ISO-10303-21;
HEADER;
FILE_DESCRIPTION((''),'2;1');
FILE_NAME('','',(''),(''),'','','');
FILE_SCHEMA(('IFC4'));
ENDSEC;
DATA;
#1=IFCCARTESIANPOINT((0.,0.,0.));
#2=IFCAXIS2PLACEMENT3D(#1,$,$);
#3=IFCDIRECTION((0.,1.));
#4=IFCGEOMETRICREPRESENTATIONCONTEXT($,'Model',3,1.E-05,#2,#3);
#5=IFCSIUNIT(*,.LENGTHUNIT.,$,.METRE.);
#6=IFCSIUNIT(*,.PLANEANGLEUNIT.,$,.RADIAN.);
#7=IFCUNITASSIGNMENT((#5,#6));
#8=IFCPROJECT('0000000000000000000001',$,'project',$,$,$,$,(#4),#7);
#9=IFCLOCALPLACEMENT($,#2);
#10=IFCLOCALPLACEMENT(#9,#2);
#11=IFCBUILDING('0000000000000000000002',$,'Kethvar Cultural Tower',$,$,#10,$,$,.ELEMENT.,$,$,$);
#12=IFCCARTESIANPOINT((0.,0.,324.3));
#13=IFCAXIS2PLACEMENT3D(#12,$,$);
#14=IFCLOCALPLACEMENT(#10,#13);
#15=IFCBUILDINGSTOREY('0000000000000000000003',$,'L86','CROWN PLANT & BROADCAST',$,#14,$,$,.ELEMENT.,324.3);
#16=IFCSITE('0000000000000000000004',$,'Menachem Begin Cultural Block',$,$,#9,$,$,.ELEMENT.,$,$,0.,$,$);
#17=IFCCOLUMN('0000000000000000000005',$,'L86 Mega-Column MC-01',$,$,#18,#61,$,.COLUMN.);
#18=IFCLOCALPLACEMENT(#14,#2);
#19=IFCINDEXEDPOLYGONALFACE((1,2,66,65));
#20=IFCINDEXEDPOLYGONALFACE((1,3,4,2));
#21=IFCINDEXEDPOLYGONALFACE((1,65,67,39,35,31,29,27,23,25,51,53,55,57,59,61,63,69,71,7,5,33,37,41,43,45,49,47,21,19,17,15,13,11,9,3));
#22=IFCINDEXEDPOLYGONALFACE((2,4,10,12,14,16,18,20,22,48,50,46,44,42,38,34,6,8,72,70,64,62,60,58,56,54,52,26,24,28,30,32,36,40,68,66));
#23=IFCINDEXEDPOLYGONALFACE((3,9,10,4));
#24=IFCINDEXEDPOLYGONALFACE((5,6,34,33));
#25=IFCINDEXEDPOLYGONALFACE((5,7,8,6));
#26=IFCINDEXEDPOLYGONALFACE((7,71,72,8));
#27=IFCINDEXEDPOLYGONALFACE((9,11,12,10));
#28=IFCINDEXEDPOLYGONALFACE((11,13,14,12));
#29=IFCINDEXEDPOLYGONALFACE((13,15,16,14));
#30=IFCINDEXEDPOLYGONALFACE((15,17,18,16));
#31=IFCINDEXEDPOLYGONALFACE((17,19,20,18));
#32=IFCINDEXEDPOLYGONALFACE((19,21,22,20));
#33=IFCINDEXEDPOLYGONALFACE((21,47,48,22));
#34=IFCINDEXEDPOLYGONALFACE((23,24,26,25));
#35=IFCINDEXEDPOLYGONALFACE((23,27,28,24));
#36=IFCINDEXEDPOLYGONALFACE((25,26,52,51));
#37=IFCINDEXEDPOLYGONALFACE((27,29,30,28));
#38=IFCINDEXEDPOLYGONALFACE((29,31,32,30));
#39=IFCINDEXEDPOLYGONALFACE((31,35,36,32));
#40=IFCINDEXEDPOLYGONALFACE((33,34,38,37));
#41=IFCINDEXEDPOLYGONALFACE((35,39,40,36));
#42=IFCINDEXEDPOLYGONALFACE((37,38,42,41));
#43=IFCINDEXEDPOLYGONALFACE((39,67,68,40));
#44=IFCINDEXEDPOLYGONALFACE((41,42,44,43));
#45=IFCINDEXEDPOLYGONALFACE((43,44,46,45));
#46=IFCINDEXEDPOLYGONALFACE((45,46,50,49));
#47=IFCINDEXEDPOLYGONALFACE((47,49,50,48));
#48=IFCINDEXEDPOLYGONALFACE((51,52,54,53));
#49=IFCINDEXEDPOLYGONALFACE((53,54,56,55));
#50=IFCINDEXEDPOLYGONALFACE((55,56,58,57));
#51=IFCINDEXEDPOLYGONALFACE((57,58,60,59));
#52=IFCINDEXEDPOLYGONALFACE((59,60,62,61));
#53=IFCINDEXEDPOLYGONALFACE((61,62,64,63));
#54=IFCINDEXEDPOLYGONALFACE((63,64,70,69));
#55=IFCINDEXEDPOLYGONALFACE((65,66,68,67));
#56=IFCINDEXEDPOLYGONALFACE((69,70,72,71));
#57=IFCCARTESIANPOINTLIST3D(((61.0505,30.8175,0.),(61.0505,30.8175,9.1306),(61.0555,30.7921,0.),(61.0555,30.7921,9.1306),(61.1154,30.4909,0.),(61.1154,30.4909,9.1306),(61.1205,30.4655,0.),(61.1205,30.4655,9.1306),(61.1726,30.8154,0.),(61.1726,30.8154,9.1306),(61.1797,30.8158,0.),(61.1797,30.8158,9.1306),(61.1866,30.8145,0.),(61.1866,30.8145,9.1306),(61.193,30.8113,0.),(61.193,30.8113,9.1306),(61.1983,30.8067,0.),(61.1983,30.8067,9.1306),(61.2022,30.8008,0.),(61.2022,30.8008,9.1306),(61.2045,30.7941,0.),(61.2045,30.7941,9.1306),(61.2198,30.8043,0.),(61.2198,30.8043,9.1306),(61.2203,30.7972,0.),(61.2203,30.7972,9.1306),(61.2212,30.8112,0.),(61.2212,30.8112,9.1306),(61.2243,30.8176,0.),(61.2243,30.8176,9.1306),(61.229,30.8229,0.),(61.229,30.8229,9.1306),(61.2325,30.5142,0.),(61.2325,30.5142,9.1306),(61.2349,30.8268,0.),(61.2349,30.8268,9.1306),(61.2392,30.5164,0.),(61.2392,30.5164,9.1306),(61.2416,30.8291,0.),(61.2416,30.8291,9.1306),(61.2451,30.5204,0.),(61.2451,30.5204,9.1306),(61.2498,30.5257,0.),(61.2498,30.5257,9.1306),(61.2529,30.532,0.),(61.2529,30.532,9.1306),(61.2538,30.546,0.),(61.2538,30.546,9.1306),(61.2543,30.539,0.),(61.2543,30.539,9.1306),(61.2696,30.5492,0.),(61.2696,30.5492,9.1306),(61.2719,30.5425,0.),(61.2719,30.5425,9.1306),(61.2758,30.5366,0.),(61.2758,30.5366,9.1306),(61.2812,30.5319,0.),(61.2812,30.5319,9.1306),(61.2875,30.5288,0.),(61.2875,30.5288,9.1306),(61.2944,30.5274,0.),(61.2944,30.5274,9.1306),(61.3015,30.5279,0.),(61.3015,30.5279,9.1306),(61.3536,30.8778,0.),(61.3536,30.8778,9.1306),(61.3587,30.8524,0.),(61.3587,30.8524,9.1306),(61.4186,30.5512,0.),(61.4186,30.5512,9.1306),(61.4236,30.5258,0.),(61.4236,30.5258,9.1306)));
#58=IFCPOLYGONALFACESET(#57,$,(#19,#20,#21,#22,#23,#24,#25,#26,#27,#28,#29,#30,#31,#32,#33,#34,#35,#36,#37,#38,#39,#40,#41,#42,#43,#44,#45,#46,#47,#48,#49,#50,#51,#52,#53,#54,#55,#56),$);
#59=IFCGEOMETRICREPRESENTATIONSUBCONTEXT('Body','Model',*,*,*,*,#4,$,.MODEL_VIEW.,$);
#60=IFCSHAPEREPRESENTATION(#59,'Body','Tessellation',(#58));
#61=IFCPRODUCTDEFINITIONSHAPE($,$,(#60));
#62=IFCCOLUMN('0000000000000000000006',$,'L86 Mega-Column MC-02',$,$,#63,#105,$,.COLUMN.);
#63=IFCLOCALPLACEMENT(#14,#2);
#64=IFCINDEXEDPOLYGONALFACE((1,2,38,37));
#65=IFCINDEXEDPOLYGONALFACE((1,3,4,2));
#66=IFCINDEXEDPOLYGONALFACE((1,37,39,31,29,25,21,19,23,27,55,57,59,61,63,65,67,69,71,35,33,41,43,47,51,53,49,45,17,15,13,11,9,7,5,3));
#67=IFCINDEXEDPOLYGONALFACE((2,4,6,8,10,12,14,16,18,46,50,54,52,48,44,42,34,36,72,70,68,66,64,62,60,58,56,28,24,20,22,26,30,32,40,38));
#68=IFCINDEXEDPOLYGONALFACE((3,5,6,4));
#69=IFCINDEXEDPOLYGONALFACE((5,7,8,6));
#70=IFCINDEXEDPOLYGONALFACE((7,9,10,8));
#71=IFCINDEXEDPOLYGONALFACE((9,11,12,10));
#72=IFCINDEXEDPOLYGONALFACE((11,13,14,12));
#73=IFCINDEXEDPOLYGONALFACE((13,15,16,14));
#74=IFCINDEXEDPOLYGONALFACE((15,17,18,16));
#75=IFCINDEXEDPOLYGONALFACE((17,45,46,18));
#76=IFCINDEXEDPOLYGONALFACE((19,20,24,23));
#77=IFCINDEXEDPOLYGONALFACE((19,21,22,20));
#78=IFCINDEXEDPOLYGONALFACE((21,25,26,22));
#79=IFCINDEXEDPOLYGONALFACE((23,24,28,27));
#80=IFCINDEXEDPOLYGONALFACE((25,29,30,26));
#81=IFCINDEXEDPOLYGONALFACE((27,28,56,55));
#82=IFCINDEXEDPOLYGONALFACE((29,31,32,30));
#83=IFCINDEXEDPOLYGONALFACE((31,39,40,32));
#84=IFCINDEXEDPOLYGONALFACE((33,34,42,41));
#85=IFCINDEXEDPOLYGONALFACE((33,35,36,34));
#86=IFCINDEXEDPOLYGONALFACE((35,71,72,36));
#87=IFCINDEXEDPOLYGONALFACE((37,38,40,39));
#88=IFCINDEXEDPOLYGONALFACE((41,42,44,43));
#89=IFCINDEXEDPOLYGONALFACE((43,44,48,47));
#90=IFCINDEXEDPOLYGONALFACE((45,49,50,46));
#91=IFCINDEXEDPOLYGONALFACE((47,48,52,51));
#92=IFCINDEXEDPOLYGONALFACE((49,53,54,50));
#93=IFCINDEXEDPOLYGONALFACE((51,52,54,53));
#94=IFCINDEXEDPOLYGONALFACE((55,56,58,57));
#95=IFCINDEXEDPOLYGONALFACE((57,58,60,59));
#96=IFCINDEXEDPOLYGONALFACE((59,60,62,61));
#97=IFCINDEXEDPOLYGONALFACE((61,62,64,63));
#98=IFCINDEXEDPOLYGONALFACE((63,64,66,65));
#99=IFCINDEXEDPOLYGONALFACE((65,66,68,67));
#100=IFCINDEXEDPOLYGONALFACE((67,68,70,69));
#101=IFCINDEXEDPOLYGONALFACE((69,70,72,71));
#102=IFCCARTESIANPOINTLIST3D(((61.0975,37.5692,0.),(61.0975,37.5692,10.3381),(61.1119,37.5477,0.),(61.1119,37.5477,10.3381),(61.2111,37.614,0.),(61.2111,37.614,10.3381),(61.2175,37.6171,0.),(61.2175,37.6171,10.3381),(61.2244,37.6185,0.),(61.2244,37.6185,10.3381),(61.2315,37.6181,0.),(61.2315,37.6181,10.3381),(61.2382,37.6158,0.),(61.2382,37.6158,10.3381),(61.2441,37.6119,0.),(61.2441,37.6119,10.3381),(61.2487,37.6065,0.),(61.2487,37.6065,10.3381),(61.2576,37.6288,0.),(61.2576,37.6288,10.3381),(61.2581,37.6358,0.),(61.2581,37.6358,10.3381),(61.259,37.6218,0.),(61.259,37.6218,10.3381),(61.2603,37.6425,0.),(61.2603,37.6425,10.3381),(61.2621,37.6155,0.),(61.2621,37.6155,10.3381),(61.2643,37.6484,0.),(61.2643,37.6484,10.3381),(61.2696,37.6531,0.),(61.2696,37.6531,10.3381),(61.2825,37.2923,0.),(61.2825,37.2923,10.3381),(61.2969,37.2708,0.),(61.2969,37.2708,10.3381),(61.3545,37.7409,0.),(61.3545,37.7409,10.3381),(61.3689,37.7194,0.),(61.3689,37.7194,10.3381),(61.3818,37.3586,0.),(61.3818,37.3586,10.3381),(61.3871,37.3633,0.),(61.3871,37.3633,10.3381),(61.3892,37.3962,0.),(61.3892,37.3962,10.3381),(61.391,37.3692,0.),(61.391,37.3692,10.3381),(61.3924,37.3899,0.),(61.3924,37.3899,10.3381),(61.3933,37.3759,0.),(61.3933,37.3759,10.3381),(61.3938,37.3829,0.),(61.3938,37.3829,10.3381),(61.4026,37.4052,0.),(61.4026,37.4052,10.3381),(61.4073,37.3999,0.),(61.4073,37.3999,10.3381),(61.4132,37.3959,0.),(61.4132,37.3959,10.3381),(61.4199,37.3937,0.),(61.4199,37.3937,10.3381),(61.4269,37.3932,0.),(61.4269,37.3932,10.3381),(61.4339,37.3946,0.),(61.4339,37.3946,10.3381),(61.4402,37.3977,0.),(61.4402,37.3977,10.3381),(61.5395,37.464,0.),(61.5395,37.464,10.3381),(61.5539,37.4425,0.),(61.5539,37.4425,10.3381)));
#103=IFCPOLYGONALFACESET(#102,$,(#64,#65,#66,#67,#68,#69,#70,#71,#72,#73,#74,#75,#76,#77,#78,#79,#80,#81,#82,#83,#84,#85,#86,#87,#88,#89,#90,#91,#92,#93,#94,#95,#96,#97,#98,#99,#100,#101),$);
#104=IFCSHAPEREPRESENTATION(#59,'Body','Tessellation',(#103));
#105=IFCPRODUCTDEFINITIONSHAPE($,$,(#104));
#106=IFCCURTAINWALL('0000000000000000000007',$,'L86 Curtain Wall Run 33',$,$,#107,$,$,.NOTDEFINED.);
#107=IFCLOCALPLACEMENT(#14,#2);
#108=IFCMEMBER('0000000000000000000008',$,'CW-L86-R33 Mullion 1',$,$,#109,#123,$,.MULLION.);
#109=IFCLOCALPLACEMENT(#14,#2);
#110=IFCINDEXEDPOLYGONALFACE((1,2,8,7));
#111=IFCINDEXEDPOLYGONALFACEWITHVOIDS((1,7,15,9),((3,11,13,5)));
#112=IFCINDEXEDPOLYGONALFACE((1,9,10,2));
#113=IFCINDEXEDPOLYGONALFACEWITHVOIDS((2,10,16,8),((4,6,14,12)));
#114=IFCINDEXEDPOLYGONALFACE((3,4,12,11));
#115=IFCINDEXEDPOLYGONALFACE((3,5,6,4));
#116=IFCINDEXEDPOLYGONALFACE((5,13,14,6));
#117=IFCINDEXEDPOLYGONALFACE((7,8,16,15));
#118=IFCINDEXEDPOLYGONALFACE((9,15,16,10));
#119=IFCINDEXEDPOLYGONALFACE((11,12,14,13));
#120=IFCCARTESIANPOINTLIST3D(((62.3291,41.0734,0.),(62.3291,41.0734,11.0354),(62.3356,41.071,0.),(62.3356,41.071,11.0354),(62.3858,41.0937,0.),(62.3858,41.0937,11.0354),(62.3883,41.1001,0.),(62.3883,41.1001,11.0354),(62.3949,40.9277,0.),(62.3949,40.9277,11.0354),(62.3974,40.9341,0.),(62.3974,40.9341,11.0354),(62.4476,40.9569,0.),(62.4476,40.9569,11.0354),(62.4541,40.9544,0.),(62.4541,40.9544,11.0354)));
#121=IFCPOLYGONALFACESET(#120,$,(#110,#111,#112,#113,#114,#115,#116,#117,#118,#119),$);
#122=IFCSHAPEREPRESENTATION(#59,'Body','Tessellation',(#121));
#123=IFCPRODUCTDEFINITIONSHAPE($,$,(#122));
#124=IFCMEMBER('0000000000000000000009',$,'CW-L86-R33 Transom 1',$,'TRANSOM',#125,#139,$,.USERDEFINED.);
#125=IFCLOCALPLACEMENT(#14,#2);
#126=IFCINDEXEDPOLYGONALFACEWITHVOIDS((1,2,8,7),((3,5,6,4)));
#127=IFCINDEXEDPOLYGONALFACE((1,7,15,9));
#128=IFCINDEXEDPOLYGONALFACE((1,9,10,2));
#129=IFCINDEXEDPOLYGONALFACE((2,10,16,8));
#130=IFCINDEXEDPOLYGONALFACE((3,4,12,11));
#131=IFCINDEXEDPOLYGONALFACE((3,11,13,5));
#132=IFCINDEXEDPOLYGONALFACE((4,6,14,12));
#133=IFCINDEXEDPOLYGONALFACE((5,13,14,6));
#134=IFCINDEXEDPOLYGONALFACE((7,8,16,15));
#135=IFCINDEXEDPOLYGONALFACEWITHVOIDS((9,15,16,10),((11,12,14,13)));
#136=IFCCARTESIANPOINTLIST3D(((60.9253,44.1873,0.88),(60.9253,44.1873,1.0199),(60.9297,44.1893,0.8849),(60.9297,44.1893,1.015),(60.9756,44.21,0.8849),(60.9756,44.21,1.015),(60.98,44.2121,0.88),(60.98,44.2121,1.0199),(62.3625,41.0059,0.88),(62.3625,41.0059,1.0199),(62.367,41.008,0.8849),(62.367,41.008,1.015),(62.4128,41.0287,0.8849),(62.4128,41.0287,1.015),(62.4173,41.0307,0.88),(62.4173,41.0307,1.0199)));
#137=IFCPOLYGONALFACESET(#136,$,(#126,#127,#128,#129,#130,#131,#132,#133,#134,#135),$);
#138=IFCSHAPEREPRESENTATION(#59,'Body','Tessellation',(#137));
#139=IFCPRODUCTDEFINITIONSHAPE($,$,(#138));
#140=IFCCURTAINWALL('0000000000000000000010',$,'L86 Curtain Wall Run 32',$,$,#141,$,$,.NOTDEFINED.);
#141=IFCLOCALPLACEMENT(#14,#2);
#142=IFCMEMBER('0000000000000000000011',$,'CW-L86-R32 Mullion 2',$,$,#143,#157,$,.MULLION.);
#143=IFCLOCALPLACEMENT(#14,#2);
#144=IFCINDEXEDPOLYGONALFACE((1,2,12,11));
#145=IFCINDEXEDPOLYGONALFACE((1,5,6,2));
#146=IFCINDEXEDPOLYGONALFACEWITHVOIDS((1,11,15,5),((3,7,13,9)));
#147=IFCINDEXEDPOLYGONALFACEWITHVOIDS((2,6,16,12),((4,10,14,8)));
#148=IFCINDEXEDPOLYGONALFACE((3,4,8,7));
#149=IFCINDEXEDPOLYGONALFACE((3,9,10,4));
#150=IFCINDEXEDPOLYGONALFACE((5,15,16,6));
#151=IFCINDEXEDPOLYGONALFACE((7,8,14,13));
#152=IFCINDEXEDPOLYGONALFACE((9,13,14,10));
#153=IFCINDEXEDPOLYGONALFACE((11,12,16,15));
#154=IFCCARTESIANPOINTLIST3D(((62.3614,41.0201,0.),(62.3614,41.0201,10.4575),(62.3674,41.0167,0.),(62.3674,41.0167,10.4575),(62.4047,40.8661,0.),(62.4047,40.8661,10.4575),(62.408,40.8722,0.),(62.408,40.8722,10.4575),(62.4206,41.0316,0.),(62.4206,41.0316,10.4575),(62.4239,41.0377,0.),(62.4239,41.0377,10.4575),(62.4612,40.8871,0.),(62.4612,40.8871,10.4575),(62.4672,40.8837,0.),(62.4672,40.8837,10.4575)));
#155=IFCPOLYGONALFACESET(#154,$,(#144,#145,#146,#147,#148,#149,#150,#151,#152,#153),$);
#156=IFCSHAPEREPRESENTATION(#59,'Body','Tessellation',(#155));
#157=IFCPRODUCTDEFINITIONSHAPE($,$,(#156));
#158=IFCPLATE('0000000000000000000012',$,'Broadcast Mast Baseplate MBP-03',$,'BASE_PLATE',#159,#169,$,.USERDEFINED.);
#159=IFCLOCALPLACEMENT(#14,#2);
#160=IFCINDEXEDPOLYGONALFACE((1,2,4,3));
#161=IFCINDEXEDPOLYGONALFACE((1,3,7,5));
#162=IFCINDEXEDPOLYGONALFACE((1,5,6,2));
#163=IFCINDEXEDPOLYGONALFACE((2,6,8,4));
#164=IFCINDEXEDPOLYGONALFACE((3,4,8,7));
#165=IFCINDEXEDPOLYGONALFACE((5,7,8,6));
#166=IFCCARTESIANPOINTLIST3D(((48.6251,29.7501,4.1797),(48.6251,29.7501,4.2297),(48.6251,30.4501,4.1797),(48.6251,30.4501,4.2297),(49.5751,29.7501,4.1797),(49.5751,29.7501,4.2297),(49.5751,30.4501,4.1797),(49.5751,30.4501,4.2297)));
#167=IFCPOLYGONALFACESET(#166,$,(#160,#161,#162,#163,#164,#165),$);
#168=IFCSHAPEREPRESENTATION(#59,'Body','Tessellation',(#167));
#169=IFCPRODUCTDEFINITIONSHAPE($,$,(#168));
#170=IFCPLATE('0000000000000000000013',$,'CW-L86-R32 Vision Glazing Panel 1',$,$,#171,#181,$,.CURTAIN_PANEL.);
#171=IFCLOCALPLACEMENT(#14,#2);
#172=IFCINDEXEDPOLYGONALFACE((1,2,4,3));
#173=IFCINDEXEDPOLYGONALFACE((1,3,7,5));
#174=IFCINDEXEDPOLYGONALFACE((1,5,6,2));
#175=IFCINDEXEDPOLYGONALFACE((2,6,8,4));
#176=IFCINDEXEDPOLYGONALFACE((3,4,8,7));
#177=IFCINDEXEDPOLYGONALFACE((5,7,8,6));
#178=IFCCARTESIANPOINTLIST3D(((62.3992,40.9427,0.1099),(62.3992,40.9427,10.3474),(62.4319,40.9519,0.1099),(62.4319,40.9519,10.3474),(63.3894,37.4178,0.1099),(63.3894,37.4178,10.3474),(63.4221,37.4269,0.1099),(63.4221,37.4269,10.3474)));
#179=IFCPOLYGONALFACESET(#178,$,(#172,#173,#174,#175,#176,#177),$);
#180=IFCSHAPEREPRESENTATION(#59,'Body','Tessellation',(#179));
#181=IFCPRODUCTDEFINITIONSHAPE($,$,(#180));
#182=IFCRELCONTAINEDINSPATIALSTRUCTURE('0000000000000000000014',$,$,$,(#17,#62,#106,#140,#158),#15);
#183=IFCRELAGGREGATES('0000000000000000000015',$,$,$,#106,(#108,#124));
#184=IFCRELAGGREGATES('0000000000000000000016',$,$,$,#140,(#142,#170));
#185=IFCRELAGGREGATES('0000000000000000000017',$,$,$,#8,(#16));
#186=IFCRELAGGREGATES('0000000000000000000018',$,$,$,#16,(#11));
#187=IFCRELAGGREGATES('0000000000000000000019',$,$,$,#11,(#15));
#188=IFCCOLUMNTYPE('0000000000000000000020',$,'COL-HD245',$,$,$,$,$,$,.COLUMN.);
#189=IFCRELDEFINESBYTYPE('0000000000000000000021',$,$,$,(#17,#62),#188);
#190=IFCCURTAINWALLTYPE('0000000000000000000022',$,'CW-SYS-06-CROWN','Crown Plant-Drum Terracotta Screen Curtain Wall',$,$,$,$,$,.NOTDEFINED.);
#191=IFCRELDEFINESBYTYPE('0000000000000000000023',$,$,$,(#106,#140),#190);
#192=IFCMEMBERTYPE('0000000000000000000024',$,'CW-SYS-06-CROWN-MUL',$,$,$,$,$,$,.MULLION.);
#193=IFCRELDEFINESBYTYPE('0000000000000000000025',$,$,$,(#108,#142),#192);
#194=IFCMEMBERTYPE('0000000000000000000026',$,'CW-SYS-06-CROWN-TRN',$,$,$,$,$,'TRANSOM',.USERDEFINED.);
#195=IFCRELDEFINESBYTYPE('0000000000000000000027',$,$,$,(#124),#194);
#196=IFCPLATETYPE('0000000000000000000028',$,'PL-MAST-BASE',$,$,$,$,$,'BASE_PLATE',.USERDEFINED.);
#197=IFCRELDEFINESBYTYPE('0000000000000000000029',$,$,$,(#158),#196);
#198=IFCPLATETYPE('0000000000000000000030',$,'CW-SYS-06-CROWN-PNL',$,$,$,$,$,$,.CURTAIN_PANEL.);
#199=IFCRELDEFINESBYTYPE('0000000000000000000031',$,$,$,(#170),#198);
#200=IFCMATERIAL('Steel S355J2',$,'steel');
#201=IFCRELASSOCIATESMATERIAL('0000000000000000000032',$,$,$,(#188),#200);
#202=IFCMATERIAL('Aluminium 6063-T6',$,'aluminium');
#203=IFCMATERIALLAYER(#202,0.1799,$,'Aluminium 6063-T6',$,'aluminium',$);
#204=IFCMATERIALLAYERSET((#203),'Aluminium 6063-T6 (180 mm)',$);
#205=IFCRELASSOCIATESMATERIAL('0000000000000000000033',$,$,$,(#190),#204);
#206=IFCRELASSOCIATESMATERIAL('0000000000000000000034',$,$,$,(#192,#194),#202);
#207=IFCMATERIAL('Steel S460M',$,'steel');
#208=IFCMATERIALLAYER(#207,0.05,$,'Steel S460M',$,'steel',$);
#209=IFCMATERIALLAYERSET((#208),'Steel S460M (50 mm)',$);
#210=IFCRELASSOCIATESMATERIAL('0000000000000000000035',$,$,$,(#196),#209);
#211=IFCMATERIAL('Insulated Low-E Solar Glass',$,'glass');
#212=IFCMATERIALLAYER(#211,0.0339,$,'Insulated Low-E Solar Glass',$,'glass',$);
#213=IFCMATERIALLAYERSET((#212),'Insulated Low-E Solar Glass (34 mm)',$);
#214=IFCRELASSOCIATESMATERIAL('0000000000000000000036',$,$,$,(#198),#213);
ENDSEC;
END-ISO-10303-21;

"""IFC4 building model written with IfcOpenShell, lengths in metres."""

from ifc_helpers import new_model, si_unit, direction, frame, origin, origin_2d, place, context, subcontext, project, spatial, rectangle, hollow_rectangle, i_section, extrude, source, transform, mapped, material, layer, layer_set, material_profile, profile_set, type_object, element, aggregate, save


model = new_model("IFC4")

# Units and contexts
model_context = context("Model", 3, precision=1e-05, world=origin(), true_north=direction((0.0, 1.0)))
body_context = subcontext(model_context, "Body", "Model", "MODEL_VIEW")
ifc_project = project(units=[si_unit("LENGTHUNIT", "METRE"), si_unit("PLANEANGLEUNIT", "RADIAN")], contexts=[model_context])

# Site, building, storey
site_placement = place(None, origin())
site = spatial("IfcSite", under=ifc_project, at=site_placement, Name="Menachem Begin Cultural Block", CompositionType="ELEMENT", RefElevation=0.0)
building_placement = place(site_placement, origin())
building = spatial("IfcBuilding", under=site, at=building_placement, Name="Kethvar Cultural Tower", CompositionType="ELEMENT")
storey_placement = place(building_placement, frame((0.0, 0.0, 324.3)))
storey = spatial("IfcBuildingStorey", under=building, at=storey_placement, Name="L86", Description="CROWN PLANT & BROADCAST", CompositionType="ELEMENT", Elevation=324.3)

# Columns
ifc_material_1 = material(Name="Steel S355J2", Category="steel")
ifc_material_profile_1 = material_profile(ifc_material_1, i_section(OverallWidth=0.3091, OverallDepth=0.3589, WebThickness=0.0161, FlangeThickness=0.0259, FilletRadius=0.0271, at=origin_2d()), Name="Steel S355J2 — HD320x245")
ifc_profile_set_1 = profile_set([ifc_material_profile_1], Name="Steel S355J2 — HD320x245")
column_type = type_object("IfcColumnType", Name="COL-HD245", PredefinedType="COLUMN", material=ifc_profile_set_1)
shared_shape_1 = source(origin(), body_context, "Body", "SweptSolid", [
    extrude(i_section(OverallWidth=0.3091, OverallDepth=0.3589, WebThickness=0.0161, FlangeThickness=0.0259, FilletRadius=0.0271, at=origin_2d()), origin(), (0.0, 0.0, 1.0), 9.1306),
])
column_1_placement = place(storey_placement, frame((61.2371, 30.6716, 0.0), z_axis=(0.0, 0.0, 1.0), x_axis=(0.980785, 0.19509, 0.0)))
element("IfcColumn", 1, at=column_1_placement, inside=storey, type_object=column_type, Name="L86 Mega-Column MC-01", PredefinedType="COLUMN", context=body_context, shape_type="MappedRepresentation", body=[
    mapped(shared_shape_1, transform((0.0, 0.0, 0.0), scale=1.0)),
])
shared_shape_2 = source(origin(), body_context, "Body", "SweptSolid", [
    extrude(i_section(OverallWidth=0.3091, OverallDepth=0.3589, WebThickness=0.0161, FlangeThickness=0.0259, FilletRadius=0.0271, at=origin_2d()), origin(), (0.0, 0.0, 1.0), 10.3381),
])
column_2_placement = place(storey_placement, frame((61.3257, 37.5059, 0.0), z_axis=(0.0, 0.0, 1.0), x_axis=(0.83147, 0.55557, 0.0)))
element("IfcColumn", 2, at=column_2_placement, inside=storey, type_object=column_type, Name="L86 Mega-Column MC-02", PredefinedType="COLUMN", context=body_context, shape_type="MappedRepresentation", body=[
    mapped(shared_shape_2, transform((0.0, 0.0, 0.0), scale=1.0)),
])

# Curtain wall, members
ifc_material_2 = material(Name="Aluminium 6063-T6", Category="aluminium")
ifc_layer_1 = layer(ifc_material_2, 0.1799, Name="Aluminium 6063-T6", Category="aluminium")
ifc_layer_set_1 = layer_set([ifc_layer_1], Name="Aluminium 6063-T6 (180 mm)")
curtain_wall_type = type_object("IfcCurtainWallType", Name="CW-SYS-06-CROWN", Description="Crown Plant-Drum Terracotta Screen Curtain Wall", PredefinedType="NOTDEFINED", material=ifc_layer_set_1)
curtain_wall_1_placement = place(storey_placement, origin())
curtain_wall_1 = element("IfcCurtainWall", 3, at=curtain_wall_1_placement, inside=storey, type_object=curtain_wall_type, Name="L86 Curtain Wall Run 33", PredefinedType="NOTDEFINED")
ifc_material_profile_2 = material_profile(ifc_material_2, hollow_rectangle(XDim=0.0649, YDim=0.1599, WallThickness=0.0049, at=origin_2d()), Name="Aluminium 6063-T6 — RHS160x65x5")
ifc_profile_set_2 = profile_set([ifc_material_profile_2], Name="Aluminium 6063-T6 — RHS160x65x5")
member_type_1 = type_object("IfcMemberType", Name="CW-SYS-06-CROWN-MUL", PredefinedType="MULLION", material=ifc_profile_set_2)
shared_shape_3 = source(origin(), body_context, "Body", "SweptSolid", [
    extrude(hollow_rectangle(XDim=0.0649, YDim=0.1599, WallThickness=0.0049, at=origin_2d()), origin(), (0.0, 0.0, 1.0), 11.0354),
])
member_1_placement = place(storey_placement, frame((62.3916, 41.0139, 0.0), z_axis=(0.0, 0.0, 1.0), x_axis=(-0.911339, -0.411658, 0.0)))
member_1 = element("IfcMember", 4, at=member_1_placement, type_object=member_type_1, Name="CW-L86-R33 Mullion 1", PredefinedType="MULLION", context=body_context, shape_type="MappedRepresentation", body=[
    mapped(shared_shape_3, transform((0.0, 0.0, 0.0), scale=1.0)),
])
ifc_material_profile_3 = material_profile(ifc_material_2, hollow_rectangle(XDim=0.0601, YDim=0.1399, WallThickness=0.0049, at=origin_2d()), Name="Aluminium 6063-T6 — RHS140x60x5")
ifc_profile_set_3 = profile_set([ifc_material_profile_3], Name="Aluminium 6063-T6 — RHS140x60x5")
member_type_2 = type_object("IfcMemberType", Name="CW-SYS-06-CROWN-TRN", ElementType="TRANSOM", PredefinedType="USERDEFINED", material=ifc_profile_set_3)
shared_shape_4 = source(origin(), body_context, "Body", "SweptSolid", [
    extrude(hollow_rectangle(XDim=0.0601, YDim=0.1399, WallThickness=0.0049, at=origin_2d()), origin(), (0.0, 0.0, 1.0), 3.491),
])
member_2_placement = place(storey_placement, frame((62.3899, 41.0183, 0.95), z_axis=(-0.411705, 0.911317, 0.0), x_axis=(-0.911317, -0.411705, 0.0)))
member_2 = element("IfcMember", 5, at=member_2_placement, type_object=member_type_2, Name="CW-L86-R33 Transom 1", ObjectType="TRANSOM", PredefinedType="USERDEFINED", context=body_context, shape_type="MappedRepresentation", body=[
    mapped(shared_shape_4, transform((0.0, 0.0, 0.0), scale=1.0)),
])
aggregate(curtain_wall_1, [member_1, member_2])

# Curtain wall, member
curtain_wall_2_placement = place(storey_placement, origin())
curtain_wall_2 = element("IfcCurtainWall", 6, at=curtain_wall_2_placement, inside=storey, type_object=curtain_wall_type, Name="L86 Curtain Wall Run 32", PredefinedType="NOTDEFINED")
shared_shape_5 = source(origin(), body_context, "Body", "SweptSolid", [
    extrude(hollow_rectangle(XDim=0.0649, YDim=0.1599, WallThickness=0.0049, at=origin_2d()), origin(), (0.0, 0.0, 1.0), 10.4575),
])
member_3_placement = place(storey_placement, frame((62.4143, 40.9519, 0.0), z_axis=(0.0, 0.0, 1.0), x_axis=(-0.962739, -0.270432, 0.0)))
member_3 = element("IfcMember", 7, at=member_3_placement, type_object=member_type_1, Name="CW-L86-R32 Mullion 2", PredefinedType="MULLION", context=body_context, shape_type="MappedRepresentation", body=[
    mapped(shared_shape_5, transform((0.0, 0.0, 0.0), scale=1.0)),
])

# Plates
ifc_material_3 = material(Name="Steel S460M", Category="steel")
ifc_layer_2 = layer(ifc_material_3, 0.05, Name="Steel S460M", Category="steel")
ifc_layer_set_2 = layer_set([ifc_layer_2], Name="Steel S460M (50 mm)")
plate_type_1 = type_object("IfcPlateType", Name="PL-MAST-BASE", ElementType="BASE_PLATE", PredefinedType="USERDEFINED", material=ifc_layer_set_2)
shared_shape_6 = source(origin(), body_context, "Body", "SweptSolid", [
    extrude(rectangle(XDim=0.95, YDim=0.7, at=origin_2d()), origin(), (0.0, 0.0, 1.0), 0.05),
])
plate_1_placement = place(storey_placement, frame((49.1001, 30.1001, 4.1797), z_axis=(0.0, 0.0, 1.0), x_axis=(1.0, 0.0, 0.0)))
element("IfcPlate", 8, at=plate_1_placement, inside=storey, type_object=plate_type_1, Name="Broadcast Mast Baseplate MBP-03", ObjectType="BASE_PLATE", PredefinedType="USERDEFINED", context=body_context, shape_type="MappedRepresentation", body=[
    mapped(shared_shape_6, transform((0.0, 0.0, 0.0), scale=1.0)),
])
ifc_material_4 = material(Name="Insulated Low-E Solar Glass", Category="glass")
ifc_layer_3 = layer(ifc_material_4, 0.0339, Name="Insulated Low-E Solar Glass", Category="glass")
ifc_layer_set_3 = layer_set([ifc_layer_3], Name="Insulated Low-E Solar Glass (34 mm)")
plate_type_2 = type_object("IfcPlateType", Name="CW-SYS-06-CROWN-PNL", PredefinedType="CURTAIN_PANEL", material=ifc_layer_set_3)
shared_shape_7 = source(origin(), body_context, "Body", "SweptSolid", [
    extrude(rectangle(XDim=3.6614, YDim=0.0339, at=origin_2d()), origin(), (0.0, 0.0, 1.0), 10.2375),
])
plate_2_placement = place(storey_placement, frame((62.9106, 39.1848, 0.1099), z_axis=(0.0, 0.0, 1.0), x_axis=(-0.270432, 0.962739, 0.0)))
plate_2 = element("IfcPlate", 9, at=plate_2_placement, type_object=plate_type_2, Name="CW-L86-R32 Vision Glazing Panel 1", PredefinedType="CURTAIN_PANEL", context=body_context, shape_type="MappedRepresentation", body=[
    mapped(shared_shape_7, transform((0.0, 0.0, 0.0), scale=1.0)),
])
aggregate(curtain_wall_2, [member_3, plate_2])

save(model, "model.ifc")
